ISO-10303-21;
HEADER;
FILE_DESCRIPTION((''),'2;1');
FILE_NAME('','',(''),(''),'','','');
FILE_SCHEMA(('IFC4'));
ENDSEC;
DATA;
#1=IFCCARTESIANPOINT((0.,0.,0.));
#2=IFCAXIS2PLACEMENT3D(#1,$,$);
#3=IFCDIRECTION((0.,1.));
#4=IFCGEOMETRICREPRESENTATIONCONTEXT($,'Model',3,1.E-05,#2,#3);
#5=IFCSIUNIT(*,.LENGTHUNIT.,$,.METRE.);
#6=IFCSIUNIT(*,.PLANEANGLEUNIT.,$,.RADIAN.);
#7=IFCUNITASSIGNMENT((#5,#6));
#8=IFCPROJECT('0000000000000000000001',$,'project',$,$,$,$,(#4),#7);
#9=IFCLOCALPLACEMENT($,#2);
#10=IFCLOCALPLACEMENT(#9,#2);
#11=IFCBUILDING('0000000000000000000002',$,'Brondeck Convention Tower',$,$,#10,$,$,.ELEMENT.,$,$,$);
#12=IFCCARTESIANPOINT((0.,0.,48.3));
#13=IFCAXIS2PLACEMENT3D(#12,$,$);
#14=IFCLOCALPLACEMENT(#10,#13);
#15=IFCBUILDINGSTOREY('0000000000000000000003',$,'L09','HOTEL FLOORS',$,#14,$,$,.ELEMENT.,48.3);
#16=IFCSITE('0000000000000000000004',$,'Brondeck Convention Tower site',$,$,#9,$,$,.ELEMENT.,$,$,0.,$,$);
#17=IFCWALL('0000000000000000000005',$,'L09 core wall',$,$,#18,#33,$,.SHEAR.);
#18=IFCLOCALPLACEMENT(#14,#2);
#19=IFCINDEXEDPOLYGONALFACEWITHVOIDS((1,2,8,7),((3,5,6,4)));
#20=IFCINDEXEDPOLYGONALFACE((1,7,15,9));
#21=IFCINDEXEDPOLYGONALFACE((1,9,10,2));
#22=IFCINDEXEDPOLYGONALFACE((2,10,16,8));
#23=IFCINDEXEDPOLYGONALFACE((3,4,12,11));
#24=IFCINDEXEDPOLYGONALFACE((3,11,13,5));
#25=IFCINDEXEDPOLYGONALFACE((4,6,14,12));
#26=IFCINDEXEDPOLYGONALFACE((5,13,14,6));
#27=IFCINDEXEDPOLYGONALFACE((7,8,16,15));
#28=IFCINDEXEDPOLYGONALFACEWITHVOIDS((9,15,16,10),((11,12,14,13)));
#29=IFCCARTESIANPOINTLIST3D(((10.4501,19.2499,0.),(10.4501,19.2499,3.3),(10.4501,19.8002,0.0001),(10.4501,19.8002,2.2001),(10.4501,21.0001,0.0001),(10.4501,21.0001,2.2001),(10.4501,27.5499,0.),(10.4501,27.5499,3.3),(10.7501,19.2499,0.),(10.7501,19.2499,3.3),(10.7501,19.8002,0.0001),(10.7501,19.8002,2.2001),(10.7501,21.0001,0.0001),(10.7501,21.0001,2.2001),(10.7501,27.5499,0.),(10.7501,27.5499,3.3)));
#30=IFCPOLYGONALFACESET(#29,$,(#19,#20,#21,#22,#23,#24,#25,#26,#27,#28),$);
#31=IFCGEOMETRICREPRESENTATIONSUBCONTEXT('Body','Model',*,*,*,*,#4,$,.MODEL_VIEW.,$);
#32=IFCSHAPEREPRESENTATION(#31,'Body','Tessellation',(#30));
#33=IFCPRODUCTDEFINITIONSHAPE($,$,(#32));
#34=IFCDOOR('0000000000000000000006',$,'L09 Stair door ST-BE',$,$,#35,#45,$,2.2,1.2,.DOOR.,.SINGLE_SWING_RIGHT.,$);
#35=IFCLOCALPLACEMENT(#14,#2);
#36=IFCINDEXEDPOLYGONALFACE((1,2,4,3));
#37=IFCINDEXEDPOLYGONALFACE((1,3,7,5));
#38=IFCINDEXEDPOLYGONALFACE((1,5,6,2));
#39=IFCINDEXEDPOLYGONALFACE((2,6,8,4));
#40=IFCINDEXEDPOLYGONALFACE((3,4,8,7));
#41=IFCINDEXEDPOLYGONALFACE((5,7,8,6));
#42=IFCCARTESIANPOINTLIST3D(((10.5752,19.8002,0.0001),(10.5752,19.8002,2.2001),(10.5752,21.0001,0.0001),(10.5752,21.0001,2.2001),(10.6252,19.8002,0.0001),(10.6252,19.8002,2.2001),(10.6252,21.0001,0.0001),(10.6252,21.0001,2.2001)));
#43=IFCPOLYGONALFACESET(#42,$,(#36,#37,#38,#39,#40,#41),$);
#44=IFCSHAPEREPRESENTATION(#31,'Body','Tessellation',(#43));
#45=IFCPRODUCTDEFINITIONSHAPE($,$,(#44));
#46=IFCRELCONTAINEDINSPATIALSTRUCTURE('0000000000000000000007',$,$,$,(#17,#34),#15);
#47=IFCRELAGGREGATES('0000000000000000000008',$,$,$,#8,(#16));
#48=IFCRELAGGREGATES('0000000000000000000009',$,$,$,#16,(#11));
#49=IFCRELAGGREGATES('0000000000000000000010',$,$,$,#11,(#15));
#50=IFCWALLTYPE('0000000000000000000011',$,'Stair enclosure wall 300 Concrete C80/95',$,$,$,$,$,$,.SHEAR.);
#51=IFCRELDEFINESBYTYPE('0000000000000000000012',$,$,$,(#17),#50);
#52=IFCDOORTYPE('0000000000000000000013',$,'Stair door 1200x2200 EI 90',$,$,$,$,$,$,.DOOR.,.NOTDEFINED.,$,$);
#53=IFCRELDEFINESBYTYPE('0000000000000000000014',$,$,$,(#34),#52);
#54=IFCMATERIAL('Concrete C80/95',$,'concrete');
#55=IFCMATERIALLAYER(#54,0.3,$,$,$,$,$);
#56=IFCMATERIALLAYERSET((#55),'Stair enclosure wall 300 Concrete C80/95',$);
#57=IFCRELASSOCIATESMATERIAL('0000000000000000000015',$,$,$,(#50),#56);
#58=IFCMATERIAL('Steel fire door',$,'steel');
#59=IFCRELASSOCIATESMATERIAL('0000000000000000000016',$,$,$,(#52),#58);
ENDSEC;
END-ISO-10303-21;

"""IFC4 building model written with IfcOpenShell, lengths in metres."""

from ifc_helpers import new_model, si_unit, direction, frame, frame_2d, origin, place, context, subcontext, project, spatial, rectangle, extrude, material, layer, layer_set, type_object, element, fill, save


model = new_model("IFC4")

# Units and contexts
model_context = context("Model", 3, precision=1e-05, world=origin(), true_north=direction((0.0, 1.0)))
body_context = subcontext(model_context, "Body", "Model", "MODEL_VIEW")
ifc_project = project(units=[si_unit("LENGTHUNIT", "METRE"), si_unit("PLANEANGLEUNIT", "RADIAN")], contexts=[model_context])

# Site, building, storey
site_placement = place(None, origin())
site = spatial("IfcSite", under=ifc_project, at=site_placement, Name="Brondeck Convention Tower site", CompositionType="ELEMENT", RefElevation=0.0)
building_placement = place(site_placement, origin())
building = spatial("IfcBuilding", under=site, at=building_placement, Name="Brondeck Convention Tower", CompositionType="ELEMENT")
storey_placement = place(building_placement, frame((0.0, 0.0, 48.3)))
storey = spatial("IfcBuildingStorey", under=building, at=storey_placement, Name="L09", Description="HOTEL FLOORS", CompositionType="ELEMENT", Elevation=48.3)

# Shared definitions
ifc_material_1 = material(Name="Concrete C80/95", Category="concrete")

# Shared definitions
ifc_layer_1 = layer(ifc_material_1, 0.3)
ifc_layer_set_1 = layer_set([ifc_layer_1], Name="Stair enclosure wall 300 Concrete C80/95")
wall_type_1 = type_object("IfcWallType", Name="Stair enclosure wall 300 Concrete C80/95", PredefinedType="SHEAR", material=ifc_layer_set_1)

# Wall, opening, door
wall_1_placement = place(storey_placement, frame((10.6001, 19.25, 0.0), z_axis=(0.0, 0.0, 1.0), x_axis=(0.0, 1.0, 0.0)))
wall_1 = element("IfcWall", 1, at=wall_1_placement, inside=storey, type_object=wall_type_1, Name="L09 core wall", PredefinedType="SHEAR", context=body_context, shape_type="SweptSolid", body=[
    extrude(rectangle(XDim=8.3, YDim=0.3, at=frame_2d((4.1499, 0.0))), origin(), (0.0, 0.0, 1.0), 3.3),
])
opening_1_placement = place(wall_1_placement, frame((0.55, 0.0, 0.0)))
opening_1 = element("IfcOpeningElement", 2, at=opening_1_placement, cuts=wall_1, PredefinedType="OPENING", context=body_context, shape_type="SweptSolid", body=[
    extrude(rectangle(XDim=1.2, YDim=2.2, at=frame_2d((0.6001, 1.1001))), frame((0.0, 0.1599, 0.0), z_axis=(0.0, -1.0, 0.0), x_axis=(1.0, 0.0, 0.0)), (0.0, 0.0, 1.0), 0.3201),
])
ifc_material_2 = material(Name="Steel fire door", Category="steel")
door_type_1 = type_object("IfcDoorType", Name="Stair door 1200x2200 EI 90", OperationType="NOTDEFINED", PredefinedType="DOOR", material=ifc_material_2)
door_1_placement = place(opening_1_placement, origin())
door_1 = element("IfcDoor", 3, at=door_1_placement, inside=storey, type_object=door_type_1, Name="L09 Stair door ST-BE", OperationType="SINGLE_SWING_RIGHT", OverallHeight=2.2, OverallWidth=1.2, PredefinedType="DOOR", context=body_context, shape_type="SweptSolid", body=[
    extrude(rectangle(XDim=1.2, YDim=2.2, at=frame_2d((0.6001, 1.1001))), frame((0.0, 0.0249, 0.0), z_axis=(0.0, -1.0, 0.0), x_axis=(1.0, 0.0, 0.0)), (0.0, 0.0, 1.0), 0.05),
])
fill(opening_1, door_1)

save(model, "model.ifc")
